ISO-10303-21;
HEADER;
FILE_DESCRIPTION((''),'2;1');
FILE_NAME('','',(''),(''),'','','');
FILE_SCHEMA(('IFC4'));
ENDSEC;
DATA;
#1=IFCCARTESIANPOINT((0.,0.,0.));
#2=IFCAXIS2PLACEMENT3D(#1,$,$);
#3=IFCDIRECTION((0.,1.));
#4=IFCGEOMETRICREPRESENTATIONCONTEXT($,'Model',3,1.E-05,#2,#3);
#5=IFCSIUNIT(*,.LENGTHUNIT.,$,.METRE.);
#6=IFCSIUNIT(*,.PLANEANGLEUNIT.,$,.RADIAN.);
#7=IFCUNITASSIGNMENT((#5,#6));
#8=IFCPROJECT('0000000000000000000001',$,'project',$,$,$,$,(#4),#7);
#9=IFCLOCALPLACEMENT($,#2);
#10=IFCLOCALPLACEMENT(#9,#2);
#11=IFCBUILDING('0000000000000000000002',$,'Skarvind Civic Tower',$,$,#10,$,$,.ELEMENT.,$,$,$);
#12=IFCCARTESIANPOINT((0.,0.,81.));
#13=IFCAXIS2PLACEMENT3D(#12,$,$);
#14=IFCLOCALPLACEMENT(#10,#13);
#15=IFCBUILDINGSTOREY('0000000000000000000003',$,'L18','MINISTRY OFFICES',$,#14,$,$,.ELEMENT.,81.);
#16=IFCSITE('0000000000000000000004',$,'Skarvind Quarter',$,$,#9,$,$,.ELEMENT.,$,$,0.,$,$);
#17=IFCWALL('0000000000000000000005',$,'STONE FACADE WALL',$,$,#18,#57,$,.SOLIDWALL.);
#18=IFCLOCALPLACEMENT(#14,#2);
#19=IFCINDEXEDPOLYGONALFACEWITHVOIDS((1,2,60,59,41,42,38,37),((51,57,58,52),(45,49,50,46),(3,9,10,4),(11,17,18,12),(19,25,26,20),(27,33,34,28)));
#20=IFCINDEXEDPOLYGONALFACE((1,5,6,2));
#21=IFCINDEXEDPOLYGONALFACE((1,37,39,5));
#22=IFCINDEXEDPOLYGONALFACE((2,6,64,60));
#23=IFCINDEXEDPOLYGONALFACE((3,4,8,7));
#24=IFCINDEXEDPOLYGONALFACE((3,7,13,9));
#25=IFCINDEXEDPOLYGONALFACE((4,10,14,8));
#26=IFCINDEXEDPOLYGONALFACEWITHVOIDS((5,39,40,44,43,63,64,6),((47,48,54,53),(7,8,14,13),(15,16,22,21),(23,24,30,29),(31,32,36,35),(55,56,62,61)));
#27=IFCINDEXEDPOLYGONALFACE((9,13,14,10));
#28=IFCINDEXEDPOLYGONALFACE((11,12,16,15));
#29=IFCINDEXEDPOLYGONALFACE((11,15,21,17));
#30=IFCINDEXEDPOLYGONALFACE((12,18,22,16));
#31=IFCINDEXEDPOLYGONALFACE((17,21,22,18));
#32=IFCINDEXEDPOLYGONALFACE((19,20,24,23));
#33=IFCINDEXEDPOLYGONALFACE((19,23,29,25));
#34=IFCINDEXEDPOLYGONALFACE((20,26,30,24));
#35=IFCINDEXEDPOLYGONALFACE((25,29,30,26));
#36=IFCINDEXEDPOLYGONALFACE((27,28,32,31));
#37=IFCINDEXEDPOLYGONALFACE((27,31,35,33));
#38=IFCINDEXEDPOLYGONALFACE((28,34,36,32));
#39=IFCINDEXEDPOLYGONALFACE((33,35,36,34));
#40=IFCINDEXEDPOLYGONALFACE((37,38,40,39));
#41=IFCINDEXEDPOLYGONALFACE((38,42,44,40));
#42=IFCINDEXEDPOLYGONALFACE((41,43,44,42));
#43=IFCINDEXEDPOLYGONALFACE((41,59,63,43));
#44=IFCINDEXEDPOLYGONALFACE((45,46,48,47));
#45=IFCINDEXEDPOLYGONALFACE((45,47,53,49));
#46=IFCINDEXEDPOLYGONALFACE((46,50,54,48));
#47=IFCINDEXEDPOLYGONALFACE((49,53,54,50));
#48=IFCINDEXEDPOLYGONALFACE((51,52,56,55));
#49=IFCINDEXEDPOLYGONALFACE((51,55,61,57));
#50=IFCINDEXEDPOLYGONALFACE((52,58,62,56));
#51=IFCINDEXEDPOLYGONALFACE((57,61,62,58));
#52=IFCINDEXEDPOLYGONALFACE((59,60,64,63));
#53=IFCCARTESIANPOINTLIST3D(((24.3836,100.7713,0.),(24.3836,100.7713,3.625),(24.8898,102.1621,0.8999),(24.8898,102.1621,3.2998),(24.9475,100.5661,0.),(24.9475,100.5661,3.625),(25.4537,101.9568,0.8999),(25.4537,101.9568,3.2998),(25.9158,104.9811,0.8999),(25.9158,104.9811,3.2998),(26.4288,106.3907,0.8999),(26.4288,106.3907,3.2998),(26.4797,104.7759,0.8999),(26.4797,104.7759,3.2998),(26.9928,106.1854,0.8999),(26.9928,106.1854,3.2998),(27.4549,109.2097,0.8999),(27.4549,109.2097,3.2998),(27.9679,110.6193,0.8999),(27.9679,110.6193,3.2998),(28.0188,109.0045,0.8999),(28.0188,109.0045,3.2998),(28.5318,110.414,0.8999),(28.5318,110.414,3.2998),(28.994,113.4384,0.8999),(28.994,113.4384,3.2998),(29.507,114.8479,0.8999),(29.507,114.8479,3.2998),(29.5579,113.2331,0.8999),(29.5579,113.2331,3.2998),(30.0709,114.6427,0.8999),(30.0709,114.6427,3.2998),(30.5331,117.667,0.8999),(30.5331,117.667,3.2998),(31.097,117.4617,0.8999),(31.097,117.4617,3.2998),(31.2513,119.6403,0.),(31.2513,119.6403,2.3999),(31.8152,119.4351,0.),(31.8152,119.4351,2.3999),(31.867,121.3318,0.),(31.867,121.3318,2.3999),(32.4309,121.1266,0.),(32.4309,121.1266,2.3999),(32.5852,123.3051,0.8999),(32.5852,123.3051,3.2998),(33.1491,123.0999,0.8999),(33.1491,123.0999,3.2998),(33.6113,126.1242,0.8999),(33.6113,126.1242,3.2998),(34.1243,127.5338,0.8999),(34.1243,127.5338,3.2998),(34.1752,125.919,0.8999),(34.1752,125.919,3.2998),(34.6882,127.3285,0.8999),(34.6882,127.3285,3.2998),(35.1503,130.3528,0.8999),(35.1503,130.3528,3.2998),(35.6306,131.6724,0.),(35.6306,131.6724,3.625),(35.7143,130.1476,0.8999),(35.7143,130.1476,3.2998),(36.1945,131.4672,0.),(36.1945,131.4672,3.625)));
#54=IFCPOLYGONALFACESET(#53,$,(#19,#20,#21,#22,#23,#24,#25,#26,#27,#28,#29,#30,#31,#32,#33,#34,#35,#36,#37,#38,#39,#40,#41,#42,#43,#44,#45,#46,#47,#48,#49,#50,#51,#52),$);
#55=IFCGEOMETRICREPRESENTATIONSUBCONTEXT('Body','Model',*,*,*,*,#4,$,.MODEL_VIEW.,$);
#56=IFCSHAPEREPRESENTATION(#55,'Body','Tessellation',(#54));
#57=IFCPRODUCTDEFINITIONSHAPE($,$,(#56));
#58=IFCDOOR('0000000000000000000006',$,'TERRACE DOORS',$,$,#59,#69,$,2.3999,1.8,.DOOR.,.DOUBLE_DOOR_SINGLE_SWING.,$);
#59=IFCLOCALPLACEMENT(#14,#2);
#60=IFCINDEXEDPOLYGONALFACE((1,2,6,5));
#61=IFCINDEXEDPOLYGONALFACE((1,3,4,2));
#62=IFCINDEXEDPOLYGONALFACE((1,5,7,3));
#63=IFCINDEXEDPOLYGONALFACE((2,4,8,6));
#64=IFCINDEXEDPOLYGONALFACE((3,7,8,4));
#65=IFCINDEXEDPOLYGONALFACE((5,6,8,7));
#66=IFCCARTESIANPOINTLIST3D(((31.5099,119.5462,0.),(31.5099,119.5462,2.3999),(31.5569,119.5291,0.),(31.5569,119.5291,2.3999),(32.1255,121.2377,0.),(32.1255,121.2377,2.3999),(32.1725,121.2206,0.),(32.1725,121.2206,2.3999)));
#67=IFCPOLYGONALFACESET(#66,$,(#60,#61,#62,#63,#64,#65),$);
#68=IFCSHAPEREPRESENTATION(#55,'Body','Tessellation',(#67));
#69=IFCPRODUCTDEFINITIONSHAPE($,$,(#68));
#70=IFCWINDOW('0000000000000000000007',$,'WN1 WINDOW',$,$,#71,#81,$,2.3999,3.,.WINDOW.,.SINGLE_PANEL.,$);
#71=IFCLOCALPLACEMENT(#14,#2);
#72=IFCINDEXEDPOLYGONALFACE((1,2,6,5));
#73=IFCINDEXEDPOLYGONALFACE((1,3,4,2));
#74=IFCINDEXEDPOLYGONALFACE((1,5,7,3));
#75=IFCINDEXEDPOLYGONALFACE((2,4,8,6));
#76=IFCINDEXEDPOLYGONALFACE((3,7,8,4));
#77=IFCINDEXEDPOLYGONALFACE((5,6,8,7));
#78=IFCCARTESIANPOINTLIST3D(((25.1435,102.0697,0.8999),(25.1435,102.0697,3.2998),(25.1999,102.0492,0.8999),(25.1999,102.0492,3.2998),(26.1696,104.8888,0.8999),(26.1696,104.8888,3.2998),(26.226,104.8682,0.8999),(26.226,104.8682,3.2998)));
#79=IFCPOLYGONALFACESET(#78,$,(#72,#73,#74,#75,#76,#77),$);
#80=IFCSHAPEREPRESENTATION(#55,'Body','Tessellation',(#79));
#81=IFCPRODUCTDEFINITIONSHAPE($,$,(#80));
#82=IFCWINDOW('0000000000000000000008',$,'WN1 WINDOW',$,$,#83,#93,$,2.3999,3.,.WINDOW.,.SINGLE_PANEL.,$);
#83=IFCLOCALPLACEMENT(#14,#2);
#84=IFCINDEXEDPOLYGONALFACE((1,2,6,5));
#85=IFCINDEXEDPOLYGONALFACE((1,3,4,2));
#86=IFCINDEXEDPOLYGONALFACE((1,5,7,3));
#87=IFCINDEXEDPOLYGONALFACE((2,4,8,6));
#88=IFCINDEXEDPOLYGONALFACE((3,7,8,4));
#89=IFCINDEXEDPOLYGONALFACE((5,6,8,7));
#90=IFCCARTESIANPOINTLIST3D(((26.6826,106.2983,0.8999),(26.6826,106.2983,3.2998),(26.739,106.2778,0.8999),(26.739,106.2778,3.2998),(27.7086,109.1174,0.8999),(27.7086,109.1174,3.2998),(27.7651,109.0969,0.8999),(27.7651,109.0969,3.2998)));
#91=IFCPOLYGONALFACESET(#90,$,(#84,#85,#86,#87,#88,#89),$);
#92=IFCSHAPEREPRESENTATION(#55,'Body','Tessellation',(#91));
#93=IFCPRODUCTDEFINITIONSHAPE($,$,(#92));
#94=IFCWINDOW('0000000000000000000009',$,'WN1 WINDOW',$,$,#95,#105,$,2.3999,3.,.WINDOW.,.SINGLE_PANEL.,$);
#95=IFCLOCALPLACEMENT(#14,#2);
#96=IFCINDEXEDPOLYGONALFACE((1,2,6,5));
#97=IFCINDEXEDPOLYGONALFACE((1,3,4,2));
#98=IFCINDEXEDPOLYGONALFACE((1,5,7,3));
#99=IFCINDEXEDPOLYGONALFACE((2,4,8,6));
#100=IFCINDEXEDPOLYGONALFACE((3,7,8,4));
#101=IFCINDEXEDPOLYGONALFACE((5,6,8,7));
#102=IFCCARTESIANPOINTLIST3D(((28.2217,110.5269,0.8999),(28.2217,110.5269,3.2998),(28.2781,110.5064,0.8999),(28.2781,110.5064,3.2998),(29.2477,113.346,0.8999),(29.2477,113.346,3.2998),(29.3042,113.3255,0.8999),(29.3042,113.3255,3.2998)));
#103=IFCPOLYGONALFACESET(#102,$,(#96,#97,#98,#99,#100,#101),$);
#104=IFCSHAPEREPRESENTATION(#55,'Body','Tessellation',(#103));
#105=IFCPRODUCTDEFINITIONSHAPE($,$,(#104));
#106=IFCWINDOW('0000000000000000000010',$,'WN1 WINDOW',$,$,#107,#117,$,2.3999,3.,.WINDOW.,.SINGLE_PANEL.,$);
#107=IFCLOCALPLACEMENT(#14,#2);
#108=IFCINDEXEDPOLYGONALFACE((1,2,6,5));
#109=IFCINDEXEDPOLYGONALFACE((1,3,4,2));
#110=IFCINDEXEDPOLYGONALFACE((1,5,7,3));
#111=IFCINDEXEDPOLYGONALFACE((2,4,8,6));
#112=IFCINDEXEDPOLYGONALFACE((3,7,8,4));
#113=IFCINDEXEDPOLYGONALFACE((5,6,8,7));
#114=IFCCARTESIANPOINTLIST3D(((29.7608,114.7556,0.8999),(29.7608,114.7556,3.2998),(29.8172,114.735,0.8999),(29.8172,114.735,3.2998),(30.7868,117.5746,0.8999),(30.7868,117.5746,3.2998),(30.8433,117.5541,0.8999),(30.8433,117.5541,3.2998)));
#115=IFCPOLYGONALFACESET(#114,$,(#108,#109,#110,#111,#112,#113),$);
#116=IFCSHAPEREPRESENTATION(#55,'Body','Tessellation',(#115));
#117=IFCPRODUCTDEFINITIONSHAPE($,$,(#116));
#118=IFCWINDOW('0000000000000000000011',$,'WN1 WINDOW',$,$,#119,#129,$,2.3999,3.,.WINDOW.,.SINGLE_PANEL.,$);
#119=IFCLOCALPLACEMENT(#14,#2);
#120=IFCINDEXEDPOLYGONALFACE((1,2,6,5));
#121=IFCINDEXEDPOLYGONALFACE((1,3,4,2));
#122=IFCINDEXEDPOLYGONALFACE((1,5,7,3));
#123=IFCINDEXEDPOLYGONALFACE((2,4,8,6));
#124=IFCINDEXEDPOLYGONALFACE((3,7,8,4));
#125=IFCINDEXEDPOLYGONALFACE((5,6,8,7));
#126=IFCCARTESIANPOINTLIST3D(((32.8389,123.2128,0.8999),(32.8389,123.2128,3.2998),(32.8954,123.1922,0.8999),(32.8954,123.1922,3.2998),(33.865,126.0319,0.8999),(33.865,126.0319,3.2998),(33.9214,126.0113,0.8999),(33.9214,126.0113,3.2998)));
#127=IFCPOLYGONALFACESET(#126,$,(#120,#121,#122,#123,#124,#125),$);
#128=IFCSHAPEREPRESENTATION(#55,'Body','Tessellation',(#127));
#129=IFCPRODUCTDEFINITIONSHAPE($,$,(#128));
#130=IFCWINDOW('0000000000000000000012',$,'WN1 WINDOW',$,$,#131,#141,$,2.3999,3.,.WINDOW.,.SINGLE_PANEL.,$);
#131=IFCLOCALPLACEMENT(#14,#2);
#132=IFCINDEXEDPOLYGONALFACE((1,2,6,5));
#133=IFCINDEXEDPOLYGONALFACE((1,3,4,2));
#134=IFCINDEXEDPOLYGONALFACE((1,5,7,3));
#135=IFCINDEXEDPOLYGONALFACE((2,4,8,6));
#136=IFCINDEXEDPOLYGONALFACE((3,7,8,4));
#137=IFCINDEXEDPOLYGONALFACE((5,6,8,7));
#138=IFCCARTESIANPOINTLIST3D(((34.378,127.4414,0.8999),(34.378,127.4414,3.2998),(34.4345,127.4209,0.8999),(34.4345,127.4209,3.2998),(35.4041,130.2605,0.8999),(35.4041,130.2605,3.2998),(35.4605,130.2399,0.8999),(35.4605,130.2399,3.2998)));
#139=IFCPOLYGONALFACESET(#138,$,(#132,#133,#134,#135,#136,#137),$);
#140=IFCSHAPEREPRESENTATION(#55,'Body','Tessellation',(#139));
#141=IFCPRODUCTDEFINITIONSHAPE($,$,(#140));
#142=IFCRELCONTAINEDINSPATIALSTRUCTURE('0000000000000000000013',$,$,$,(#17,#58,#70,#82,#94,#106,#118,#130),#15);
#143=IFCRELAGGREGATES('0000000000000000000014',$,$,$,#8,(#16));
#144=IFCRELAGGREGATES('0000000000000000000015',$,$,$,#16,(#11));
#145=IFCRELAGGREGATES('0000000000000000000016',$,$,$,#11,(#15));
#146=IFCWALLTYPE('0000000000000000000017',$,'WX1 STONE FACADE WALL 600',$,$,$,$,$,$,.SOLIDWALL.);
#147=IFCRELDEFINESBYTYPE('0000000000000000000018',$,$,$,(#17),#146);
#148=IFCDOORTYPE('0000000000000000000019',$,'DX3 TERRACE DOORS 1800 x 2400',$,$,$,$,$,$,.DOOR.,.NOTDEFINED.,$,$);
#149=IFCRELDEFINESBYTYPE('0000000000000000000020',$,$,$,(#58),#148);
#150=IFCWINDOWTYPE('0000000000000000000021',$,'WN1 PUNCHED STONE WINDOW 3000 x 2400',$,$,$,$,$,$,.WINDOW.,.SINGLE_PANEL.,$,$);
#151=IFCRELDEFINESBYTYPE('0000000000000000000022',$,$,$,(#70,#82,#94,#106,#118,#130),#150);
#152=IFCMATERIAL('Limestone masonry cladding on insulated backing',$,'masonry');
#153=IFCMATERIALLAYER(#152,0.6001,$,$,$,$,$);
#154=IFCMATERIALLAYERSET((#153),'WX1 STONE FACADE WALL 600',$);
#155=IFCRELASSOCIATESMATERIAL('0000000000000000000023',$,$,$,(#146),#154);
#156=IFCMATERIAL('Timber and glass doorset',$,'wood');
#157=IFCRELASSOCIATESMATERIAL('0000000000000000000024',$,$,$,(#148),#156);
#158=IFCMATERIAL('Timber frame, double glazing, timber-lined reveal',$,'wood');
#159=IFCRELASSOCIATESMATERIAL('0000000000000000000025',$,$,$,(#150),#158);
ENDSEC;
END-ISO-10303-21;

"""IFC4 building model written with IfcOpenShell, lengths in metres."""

from ifc_helpers import new_model, si_unit, direction, frame, frame_2d, origin, place, context, subcontext, project, spatial, rectangle, extrude, material, layer, layer_set, type_object, element, fill, save


model = new_model("IFC4")

# Units and contexts
model_context = context("Model", 3, precision=1e-05, world=origin(), true_north=direction((0.0, 1.0)))
body_context = subcontext(model_context, "Body", "Model", "MODEL_VIEW")
ifc_project = project(units=[si_unit("LENGTHUNIT", "METRE"), si_unit("PLANEANGLEUNIT", "RADIAN")], contexts=[model_context])

# Site, building, storey
site_placement = place(None, origin())
site = spatial("IfcSite", under=ifc_project, at=site_placement, Name="Skarvind Quarter", CompositionType="ELEMENT", RefElevation=0.0)
building_placement = place(site_placement, origin())
building = spatial("IfcBuilding", under=site, at=building_placement, Name="Skarvind Civic Tower", CompositionType="ELEMENT")
storey_placement = place(building_placement, frame((0.0, 0.0, 81.0)))
storey = spatial("IfcBuildingStorey", under=building, at=storey_placement, Name="L18", Description="MINISTRY OFFICES", CompositionType="ELEMENT", Elevation=81.0)

# Wall, openings, door, windows
ifc_material_1 = material(Name="Limestone masonry cladding on insulated backing", Category="masonry")
ifc_layer_1 = layer(ifc_material_1, 0.6001)
ifc_layer_set_1 = layer_set([ifc_layer_1], Name="WX1 STONE FACADE WALL 600")
wall_type_1 = type_object("IfcWallType", Name="WX1 STONE FACADE WALL 600", PredefinedType="SOLIDWALL", material=ifc_layer_set_1)
wall_1_placement = place(storey_placement, frame((24.6655, 100.6687, 0.0), z_axis=(0.0, 0.0, 1.0), x_axis=(0.34202, 0.939693, 0.0)))
wall_1 = element("IfcWall", 1, at=wall_1_placement, inside=storey, type_object=wall_type_1, Name="STONE FACADE WALL", PredefinedType="SOLIDWALL", context=body_context, shape_type="SweptSolid", body=[
    extrude(rectangle(XDim=32.8843, YDim=0.6001, at=frame_2d((16.4421, 0.0))), origin(), (0.0, 0.0, 1.0), 3.625),
])
opening_1_placement = place(wall_1_placement, frame((1.48, 0.0, 0.8999)))
opening_1 = element("IfcOpeningElement", 2, at=opening_1_placement, cuts=wall_1, PredefinedType="OPENING", context=body_context, shape_type="SweptSolid", body=[
    extrude(rectangle(XDim=3.0, YDim=2.3999, at=frame_2d((1.5, 1.2))), frame((0.0, 0.3101, 0.0), z_axis=(0.0, -1.0, 0.0), x_axis=(1.0, 0.0, 0.0)), (0.0, 0.0, 1.0), 0.6201),
])
opening_2_placement = place(wall_1_placement, frame((5.98, 0.0, 0.8999)))
opening_2 = element("IfcOpeningElement", 3, at=opening_2_placement, cuts=wall_1, PredefinedType="OPENING", context=body_context, shape_type="SweptSolid", body=[
    extrude(rectangle(XDim=3.0, YDim=2.3999, at=frame_2d((1.5, 1.2))), frame((0.0, 0.3101, 0.0), z_axis=(0.0, -1.0, 0.0), x_axis=(1.0, 0.0, 0.0)), (0.0, 0.0, 1.0), 0.6201),
])
opening_3_placement = place(wall_1_placement, frame((10.48, 0.0, 0.8999)))
opening_3 = element("IfcOpeningElement", 4, at=opening_3_placement, cuts=wall_1, PredefinedType="OPENING", context=body_context, shape_type="SweptSolid", body=[
    extrude(rectangle(XDim=3.0, YDim=2.3999, at=frame_2d((1.5, 1.2))), frame((0.0, 0.3101, 0.0), z_axis=(0.0, -1.0, 0.0), x_axis=(1.0, 0.0, 0.0)), (0.0, 0.0, 1.0), 0.6201),
])
opening_4_placement = place(wall_1_placement, frame((14.98, 0.0, 0.8999)))
opening_4 = element("IfcOpeningElement", 5, at=opening_4_placement, cuts=wall_1, PredefinedType="OPENING", context=body_context, shape_type="SweptSolid", body=[
    extrude(rectangle(XDim=3.0, YDim=2.3999, at=frame_2d((1.5, 1.2))), frame((0.0, 0.3101, 0.0), z_axis=(0.0, -1.0, 0.0), x_axis=(1.0, 0.0, 0.0)), (0.0, 0.0, 1.0), 0.6201),
])
opening_5_placement = place(wall_1_placement, frame((20.0801, 0.0, 0.0)))
opening_5 = element("IfcOpeningElement", 6, at=opening_5_placement, cuts=wall_1, PredefinedType="OPENING", context=body_context, shape_type="SweptSolid", body=[
    extrude(rectangle(XDim=1.8, YDim=2.3999, at=frame_2d((0.8999, 1.2))), frame((0.0, 0.3101, 0.0), z_axis=(0.0, -1.0, 0.0), x_axis=(1.0, 0.0, 0.0)), (0.0, 0.0, 1.0), 0.6201),
])
opening_6_placement = place(wall_1_placement, frame((23.98, 0.0, 0.8999)))
opening_6 = element("IfcOpeningElement", 7, at=opening_6_placement, cuts=wall_1, PredefinedType="OPENING", context=body_context, shape_type="SweptSolid", body=[
    extrude(rectangle(XDim=3.0, YDim=2.3999, at=frame_2d((1.5, 1.2))), frame((0.0, 0.3101, 0.0), z_axis=(0.0, -1.0, 0.0), x_axis=(1.0, 0.0, 0.0)), (0.0, 0.0, 1.0), 0.6201),
])
opening_7_placement = place(wall_1_placement, frame((28.48, 0.0, 0.8999)))
opening_7 = element("IfcOpeningElement", 8, at=opening_7_placement, cuts=wall_1, PredefinedType="OPENING", context=body_context, shape_type="SweptSolid", body=[
    extrude(rectangle(XDim=3.0, YDim=2.3999, at=frame_2d((1.5, 1.2))), frame((0.0, 0.3101, 0.0), z_axis=(0.0, -1.0, 0.0), x_axis=(1.0, 0.0, 0.0)), (0.0, 0.0, 1.0), 0.6201),
])
ifc_material_2 = material(Name="Timber and glass doorset", Category="wood")
door_type_1 = type_object("IfcDoorType", Name="DX3 TERRACE DOORS 1800 x 2400", OperationType="NOTDEFINED", PredefinedType="DOOR", material=ifc_material_2)
door_1_placement = place(opening_5_placement, origin())
door_1 = element("IfcDoor", 9, at=door_1_placement, inside=storey, type_object=door_type_1, Name="TERRACE DOORS", OperationType="DOUBLE_DOOR_SINGLE_SWING", OverallHeight=2.3999, OverallWidth=1.8, PredefinedType="DOOR", context=body_context, shape_type="SweptSolid", body=[
    extrude(rectangle(XDim=1.8, YDim=2.3999, at=frame_2d((0.8999, 1.2))), frame((0.0, 0.0249, 0.0), z_axis=(0.0, -1.0, 0.0), x_axis=(1.0, 0.0, 0.0)), (0.0, 0.0, 1.0), 0.05),
])
fill(opening_5, door_1)
ifc_material_3 = material(Name="Timber frame, double glazing, timber-lined reveal", Category="wood")
window_type = type_object("IfcWindowType", Name="WN1 PUNCHED STONE WINDOW 3000 x 2400", PartitioningType="SINGLE_PANEL", PredefinedType="WINDOW", material=ifc_material_3)
window_1_placement = place(opening_1_placement, origin())
window_1 = element("IfcWindow", 10, at=window_1_placement, inside=storey, type_object=window_type, Name="WN1 WINDOW", OverallHeight=2.3999, OverallWidth=3.0, PartitioningType="SINGLE_PANEL", PredefinedType="WINDOW", context=body_context, shape_type="SweptSolid", body=[
    extrude(rectangle(XDim=3.0, YDim=2.3999, at=frame_2d((1.5, 1.2))), frame((0.0, 0.03, 0.0), z_axis=(0.0, -1.0, 0.0), x_axis=(1.0, 0.0, 0.0)), (0.0, 0.0, 1.0), 0.0601),
])
fill(opening_1, window_1)
window_2_placement = place(opening_2_placement, origin())
window_2 = element("IfcWindow", 11, at=window_2_placement, inside=storey, type_object=window_type, Name="WN1 WINDOW", OverallHeight=2.3999, OverallWidth=3.0, PartitioningType="SINGLE_PANEL", PredefinedType="WINDOW", context=body_context, shape_type="SweptSolid", body=[
    extrude(rectangle(XDim=3.0, YDim=2.3999, at=frame_2d((1.5, 1.2))), frame((0.0, 0.03, 0.0), z_axis=(0.0, -1.0, 0.0), x_axis=(1.0, 0.0, 0.0)), (0.0, 0.0, 1.0), 0.0601),
])
fill(opening_2, window_2)
window_3_placement = place(opening_3_placement, origin())
window_3 = element("IfcWindow", 12, at=window_3_placement, inside=storey, type_object=window_type, Name="WN1 WINDOW", OverallHeight=2.3999, OverallWidth=3.0, PartitioningType="SINGLE_PANEL", PredefinedType="WINDOW", context=body_context, shape_type="SweptSolid", body=[
    extrude(rectangle(XDim=3.0, YDim=2.3999, at=frame_2d((1.5, 1.2))), frame((0.0, 0.03, 0.0), z_axis=(0.0, -1.0, 0.0), x_axis=(1.0, 0.0, 0.0)), (0.0, 0.0, 1.0), 0.0601),
])
fill(opening_3, window_3)
window_4_placement = place(opening_4_placement, origin())
window_4 = element("IfcWindow", 13, at=window_4_placement, inside=storey, type_object=window_type, Name="WN1 WINDOW", OverallHeight=2.3999, OverallWidth=3.0, PartitioningType="SINGLE_PANEL", PredefinedType="WINDOW", context=body_context, shape_type="SweptSolid", body=[
    extrude(rectangle(XDim=3.0, YDim=2.3999, at=frame_2d((1.5, 1.2))), frame((0.0, 0.03, 0.0), z_axis=(0.0, -1.0, 0.0), x_axis=(1.0, 0.0, 0.0)), (0.0, 0.0, 1.0), 0.0601),
])
fill(opening_4, window_4)
window_5_placement = place(opening_6_placement, origin())
window_5 = element("IfcWindow", 14, at=window_5_placement, inside=storey, type_object=window_type, Name="WN1 WINDOW", OverallHeight=2.3999, OverallWidth=3.0, PartitioningType="SINGLE_PANEL", PredefinedType="WINDOW", context=body_context, shape_type="SweptSolid", body=[
    extrude(rectangle(XDim=3.0, YDim=2.3999, at=frame_2d((1.5, 1.2))), frame((0.0, 0.03, 0.0), z_axis=(0.0, -1.0, 0.0), x_axis=(1.0, 0.0, 0.0)), (0.0, 0.0, 1.0), 0.0601),
])
fill(opening_6, window_5)
window_6_placement = place(opening_7_placement, origin())
window_6 = element("IfcWindow", 15, at=window_6_placement, inside=storey, type_object=window_type, Name="WN1 WINDOW", OverallHeight=2.3999, OverallWidth=3.0, PartitioningType="SINGLE_PANEL", PredefinedType="WINDOW", context=body_context, shape_type="SweptSolid", body=[
    extrude(rectangle(XDim=3.0, YDim=2.3999, at=frame_2d((1.5, 1.2))), frame((0.0, 0.03, 0.0), z_axis=(0.0, -1.0, 0.0), x_axis=(1.0, 0.0, 0.0)), (0.0, 0.0, 1.0), 0.0601),
])
fill(opening_7, window_6)

save(model, "model.ifc")
